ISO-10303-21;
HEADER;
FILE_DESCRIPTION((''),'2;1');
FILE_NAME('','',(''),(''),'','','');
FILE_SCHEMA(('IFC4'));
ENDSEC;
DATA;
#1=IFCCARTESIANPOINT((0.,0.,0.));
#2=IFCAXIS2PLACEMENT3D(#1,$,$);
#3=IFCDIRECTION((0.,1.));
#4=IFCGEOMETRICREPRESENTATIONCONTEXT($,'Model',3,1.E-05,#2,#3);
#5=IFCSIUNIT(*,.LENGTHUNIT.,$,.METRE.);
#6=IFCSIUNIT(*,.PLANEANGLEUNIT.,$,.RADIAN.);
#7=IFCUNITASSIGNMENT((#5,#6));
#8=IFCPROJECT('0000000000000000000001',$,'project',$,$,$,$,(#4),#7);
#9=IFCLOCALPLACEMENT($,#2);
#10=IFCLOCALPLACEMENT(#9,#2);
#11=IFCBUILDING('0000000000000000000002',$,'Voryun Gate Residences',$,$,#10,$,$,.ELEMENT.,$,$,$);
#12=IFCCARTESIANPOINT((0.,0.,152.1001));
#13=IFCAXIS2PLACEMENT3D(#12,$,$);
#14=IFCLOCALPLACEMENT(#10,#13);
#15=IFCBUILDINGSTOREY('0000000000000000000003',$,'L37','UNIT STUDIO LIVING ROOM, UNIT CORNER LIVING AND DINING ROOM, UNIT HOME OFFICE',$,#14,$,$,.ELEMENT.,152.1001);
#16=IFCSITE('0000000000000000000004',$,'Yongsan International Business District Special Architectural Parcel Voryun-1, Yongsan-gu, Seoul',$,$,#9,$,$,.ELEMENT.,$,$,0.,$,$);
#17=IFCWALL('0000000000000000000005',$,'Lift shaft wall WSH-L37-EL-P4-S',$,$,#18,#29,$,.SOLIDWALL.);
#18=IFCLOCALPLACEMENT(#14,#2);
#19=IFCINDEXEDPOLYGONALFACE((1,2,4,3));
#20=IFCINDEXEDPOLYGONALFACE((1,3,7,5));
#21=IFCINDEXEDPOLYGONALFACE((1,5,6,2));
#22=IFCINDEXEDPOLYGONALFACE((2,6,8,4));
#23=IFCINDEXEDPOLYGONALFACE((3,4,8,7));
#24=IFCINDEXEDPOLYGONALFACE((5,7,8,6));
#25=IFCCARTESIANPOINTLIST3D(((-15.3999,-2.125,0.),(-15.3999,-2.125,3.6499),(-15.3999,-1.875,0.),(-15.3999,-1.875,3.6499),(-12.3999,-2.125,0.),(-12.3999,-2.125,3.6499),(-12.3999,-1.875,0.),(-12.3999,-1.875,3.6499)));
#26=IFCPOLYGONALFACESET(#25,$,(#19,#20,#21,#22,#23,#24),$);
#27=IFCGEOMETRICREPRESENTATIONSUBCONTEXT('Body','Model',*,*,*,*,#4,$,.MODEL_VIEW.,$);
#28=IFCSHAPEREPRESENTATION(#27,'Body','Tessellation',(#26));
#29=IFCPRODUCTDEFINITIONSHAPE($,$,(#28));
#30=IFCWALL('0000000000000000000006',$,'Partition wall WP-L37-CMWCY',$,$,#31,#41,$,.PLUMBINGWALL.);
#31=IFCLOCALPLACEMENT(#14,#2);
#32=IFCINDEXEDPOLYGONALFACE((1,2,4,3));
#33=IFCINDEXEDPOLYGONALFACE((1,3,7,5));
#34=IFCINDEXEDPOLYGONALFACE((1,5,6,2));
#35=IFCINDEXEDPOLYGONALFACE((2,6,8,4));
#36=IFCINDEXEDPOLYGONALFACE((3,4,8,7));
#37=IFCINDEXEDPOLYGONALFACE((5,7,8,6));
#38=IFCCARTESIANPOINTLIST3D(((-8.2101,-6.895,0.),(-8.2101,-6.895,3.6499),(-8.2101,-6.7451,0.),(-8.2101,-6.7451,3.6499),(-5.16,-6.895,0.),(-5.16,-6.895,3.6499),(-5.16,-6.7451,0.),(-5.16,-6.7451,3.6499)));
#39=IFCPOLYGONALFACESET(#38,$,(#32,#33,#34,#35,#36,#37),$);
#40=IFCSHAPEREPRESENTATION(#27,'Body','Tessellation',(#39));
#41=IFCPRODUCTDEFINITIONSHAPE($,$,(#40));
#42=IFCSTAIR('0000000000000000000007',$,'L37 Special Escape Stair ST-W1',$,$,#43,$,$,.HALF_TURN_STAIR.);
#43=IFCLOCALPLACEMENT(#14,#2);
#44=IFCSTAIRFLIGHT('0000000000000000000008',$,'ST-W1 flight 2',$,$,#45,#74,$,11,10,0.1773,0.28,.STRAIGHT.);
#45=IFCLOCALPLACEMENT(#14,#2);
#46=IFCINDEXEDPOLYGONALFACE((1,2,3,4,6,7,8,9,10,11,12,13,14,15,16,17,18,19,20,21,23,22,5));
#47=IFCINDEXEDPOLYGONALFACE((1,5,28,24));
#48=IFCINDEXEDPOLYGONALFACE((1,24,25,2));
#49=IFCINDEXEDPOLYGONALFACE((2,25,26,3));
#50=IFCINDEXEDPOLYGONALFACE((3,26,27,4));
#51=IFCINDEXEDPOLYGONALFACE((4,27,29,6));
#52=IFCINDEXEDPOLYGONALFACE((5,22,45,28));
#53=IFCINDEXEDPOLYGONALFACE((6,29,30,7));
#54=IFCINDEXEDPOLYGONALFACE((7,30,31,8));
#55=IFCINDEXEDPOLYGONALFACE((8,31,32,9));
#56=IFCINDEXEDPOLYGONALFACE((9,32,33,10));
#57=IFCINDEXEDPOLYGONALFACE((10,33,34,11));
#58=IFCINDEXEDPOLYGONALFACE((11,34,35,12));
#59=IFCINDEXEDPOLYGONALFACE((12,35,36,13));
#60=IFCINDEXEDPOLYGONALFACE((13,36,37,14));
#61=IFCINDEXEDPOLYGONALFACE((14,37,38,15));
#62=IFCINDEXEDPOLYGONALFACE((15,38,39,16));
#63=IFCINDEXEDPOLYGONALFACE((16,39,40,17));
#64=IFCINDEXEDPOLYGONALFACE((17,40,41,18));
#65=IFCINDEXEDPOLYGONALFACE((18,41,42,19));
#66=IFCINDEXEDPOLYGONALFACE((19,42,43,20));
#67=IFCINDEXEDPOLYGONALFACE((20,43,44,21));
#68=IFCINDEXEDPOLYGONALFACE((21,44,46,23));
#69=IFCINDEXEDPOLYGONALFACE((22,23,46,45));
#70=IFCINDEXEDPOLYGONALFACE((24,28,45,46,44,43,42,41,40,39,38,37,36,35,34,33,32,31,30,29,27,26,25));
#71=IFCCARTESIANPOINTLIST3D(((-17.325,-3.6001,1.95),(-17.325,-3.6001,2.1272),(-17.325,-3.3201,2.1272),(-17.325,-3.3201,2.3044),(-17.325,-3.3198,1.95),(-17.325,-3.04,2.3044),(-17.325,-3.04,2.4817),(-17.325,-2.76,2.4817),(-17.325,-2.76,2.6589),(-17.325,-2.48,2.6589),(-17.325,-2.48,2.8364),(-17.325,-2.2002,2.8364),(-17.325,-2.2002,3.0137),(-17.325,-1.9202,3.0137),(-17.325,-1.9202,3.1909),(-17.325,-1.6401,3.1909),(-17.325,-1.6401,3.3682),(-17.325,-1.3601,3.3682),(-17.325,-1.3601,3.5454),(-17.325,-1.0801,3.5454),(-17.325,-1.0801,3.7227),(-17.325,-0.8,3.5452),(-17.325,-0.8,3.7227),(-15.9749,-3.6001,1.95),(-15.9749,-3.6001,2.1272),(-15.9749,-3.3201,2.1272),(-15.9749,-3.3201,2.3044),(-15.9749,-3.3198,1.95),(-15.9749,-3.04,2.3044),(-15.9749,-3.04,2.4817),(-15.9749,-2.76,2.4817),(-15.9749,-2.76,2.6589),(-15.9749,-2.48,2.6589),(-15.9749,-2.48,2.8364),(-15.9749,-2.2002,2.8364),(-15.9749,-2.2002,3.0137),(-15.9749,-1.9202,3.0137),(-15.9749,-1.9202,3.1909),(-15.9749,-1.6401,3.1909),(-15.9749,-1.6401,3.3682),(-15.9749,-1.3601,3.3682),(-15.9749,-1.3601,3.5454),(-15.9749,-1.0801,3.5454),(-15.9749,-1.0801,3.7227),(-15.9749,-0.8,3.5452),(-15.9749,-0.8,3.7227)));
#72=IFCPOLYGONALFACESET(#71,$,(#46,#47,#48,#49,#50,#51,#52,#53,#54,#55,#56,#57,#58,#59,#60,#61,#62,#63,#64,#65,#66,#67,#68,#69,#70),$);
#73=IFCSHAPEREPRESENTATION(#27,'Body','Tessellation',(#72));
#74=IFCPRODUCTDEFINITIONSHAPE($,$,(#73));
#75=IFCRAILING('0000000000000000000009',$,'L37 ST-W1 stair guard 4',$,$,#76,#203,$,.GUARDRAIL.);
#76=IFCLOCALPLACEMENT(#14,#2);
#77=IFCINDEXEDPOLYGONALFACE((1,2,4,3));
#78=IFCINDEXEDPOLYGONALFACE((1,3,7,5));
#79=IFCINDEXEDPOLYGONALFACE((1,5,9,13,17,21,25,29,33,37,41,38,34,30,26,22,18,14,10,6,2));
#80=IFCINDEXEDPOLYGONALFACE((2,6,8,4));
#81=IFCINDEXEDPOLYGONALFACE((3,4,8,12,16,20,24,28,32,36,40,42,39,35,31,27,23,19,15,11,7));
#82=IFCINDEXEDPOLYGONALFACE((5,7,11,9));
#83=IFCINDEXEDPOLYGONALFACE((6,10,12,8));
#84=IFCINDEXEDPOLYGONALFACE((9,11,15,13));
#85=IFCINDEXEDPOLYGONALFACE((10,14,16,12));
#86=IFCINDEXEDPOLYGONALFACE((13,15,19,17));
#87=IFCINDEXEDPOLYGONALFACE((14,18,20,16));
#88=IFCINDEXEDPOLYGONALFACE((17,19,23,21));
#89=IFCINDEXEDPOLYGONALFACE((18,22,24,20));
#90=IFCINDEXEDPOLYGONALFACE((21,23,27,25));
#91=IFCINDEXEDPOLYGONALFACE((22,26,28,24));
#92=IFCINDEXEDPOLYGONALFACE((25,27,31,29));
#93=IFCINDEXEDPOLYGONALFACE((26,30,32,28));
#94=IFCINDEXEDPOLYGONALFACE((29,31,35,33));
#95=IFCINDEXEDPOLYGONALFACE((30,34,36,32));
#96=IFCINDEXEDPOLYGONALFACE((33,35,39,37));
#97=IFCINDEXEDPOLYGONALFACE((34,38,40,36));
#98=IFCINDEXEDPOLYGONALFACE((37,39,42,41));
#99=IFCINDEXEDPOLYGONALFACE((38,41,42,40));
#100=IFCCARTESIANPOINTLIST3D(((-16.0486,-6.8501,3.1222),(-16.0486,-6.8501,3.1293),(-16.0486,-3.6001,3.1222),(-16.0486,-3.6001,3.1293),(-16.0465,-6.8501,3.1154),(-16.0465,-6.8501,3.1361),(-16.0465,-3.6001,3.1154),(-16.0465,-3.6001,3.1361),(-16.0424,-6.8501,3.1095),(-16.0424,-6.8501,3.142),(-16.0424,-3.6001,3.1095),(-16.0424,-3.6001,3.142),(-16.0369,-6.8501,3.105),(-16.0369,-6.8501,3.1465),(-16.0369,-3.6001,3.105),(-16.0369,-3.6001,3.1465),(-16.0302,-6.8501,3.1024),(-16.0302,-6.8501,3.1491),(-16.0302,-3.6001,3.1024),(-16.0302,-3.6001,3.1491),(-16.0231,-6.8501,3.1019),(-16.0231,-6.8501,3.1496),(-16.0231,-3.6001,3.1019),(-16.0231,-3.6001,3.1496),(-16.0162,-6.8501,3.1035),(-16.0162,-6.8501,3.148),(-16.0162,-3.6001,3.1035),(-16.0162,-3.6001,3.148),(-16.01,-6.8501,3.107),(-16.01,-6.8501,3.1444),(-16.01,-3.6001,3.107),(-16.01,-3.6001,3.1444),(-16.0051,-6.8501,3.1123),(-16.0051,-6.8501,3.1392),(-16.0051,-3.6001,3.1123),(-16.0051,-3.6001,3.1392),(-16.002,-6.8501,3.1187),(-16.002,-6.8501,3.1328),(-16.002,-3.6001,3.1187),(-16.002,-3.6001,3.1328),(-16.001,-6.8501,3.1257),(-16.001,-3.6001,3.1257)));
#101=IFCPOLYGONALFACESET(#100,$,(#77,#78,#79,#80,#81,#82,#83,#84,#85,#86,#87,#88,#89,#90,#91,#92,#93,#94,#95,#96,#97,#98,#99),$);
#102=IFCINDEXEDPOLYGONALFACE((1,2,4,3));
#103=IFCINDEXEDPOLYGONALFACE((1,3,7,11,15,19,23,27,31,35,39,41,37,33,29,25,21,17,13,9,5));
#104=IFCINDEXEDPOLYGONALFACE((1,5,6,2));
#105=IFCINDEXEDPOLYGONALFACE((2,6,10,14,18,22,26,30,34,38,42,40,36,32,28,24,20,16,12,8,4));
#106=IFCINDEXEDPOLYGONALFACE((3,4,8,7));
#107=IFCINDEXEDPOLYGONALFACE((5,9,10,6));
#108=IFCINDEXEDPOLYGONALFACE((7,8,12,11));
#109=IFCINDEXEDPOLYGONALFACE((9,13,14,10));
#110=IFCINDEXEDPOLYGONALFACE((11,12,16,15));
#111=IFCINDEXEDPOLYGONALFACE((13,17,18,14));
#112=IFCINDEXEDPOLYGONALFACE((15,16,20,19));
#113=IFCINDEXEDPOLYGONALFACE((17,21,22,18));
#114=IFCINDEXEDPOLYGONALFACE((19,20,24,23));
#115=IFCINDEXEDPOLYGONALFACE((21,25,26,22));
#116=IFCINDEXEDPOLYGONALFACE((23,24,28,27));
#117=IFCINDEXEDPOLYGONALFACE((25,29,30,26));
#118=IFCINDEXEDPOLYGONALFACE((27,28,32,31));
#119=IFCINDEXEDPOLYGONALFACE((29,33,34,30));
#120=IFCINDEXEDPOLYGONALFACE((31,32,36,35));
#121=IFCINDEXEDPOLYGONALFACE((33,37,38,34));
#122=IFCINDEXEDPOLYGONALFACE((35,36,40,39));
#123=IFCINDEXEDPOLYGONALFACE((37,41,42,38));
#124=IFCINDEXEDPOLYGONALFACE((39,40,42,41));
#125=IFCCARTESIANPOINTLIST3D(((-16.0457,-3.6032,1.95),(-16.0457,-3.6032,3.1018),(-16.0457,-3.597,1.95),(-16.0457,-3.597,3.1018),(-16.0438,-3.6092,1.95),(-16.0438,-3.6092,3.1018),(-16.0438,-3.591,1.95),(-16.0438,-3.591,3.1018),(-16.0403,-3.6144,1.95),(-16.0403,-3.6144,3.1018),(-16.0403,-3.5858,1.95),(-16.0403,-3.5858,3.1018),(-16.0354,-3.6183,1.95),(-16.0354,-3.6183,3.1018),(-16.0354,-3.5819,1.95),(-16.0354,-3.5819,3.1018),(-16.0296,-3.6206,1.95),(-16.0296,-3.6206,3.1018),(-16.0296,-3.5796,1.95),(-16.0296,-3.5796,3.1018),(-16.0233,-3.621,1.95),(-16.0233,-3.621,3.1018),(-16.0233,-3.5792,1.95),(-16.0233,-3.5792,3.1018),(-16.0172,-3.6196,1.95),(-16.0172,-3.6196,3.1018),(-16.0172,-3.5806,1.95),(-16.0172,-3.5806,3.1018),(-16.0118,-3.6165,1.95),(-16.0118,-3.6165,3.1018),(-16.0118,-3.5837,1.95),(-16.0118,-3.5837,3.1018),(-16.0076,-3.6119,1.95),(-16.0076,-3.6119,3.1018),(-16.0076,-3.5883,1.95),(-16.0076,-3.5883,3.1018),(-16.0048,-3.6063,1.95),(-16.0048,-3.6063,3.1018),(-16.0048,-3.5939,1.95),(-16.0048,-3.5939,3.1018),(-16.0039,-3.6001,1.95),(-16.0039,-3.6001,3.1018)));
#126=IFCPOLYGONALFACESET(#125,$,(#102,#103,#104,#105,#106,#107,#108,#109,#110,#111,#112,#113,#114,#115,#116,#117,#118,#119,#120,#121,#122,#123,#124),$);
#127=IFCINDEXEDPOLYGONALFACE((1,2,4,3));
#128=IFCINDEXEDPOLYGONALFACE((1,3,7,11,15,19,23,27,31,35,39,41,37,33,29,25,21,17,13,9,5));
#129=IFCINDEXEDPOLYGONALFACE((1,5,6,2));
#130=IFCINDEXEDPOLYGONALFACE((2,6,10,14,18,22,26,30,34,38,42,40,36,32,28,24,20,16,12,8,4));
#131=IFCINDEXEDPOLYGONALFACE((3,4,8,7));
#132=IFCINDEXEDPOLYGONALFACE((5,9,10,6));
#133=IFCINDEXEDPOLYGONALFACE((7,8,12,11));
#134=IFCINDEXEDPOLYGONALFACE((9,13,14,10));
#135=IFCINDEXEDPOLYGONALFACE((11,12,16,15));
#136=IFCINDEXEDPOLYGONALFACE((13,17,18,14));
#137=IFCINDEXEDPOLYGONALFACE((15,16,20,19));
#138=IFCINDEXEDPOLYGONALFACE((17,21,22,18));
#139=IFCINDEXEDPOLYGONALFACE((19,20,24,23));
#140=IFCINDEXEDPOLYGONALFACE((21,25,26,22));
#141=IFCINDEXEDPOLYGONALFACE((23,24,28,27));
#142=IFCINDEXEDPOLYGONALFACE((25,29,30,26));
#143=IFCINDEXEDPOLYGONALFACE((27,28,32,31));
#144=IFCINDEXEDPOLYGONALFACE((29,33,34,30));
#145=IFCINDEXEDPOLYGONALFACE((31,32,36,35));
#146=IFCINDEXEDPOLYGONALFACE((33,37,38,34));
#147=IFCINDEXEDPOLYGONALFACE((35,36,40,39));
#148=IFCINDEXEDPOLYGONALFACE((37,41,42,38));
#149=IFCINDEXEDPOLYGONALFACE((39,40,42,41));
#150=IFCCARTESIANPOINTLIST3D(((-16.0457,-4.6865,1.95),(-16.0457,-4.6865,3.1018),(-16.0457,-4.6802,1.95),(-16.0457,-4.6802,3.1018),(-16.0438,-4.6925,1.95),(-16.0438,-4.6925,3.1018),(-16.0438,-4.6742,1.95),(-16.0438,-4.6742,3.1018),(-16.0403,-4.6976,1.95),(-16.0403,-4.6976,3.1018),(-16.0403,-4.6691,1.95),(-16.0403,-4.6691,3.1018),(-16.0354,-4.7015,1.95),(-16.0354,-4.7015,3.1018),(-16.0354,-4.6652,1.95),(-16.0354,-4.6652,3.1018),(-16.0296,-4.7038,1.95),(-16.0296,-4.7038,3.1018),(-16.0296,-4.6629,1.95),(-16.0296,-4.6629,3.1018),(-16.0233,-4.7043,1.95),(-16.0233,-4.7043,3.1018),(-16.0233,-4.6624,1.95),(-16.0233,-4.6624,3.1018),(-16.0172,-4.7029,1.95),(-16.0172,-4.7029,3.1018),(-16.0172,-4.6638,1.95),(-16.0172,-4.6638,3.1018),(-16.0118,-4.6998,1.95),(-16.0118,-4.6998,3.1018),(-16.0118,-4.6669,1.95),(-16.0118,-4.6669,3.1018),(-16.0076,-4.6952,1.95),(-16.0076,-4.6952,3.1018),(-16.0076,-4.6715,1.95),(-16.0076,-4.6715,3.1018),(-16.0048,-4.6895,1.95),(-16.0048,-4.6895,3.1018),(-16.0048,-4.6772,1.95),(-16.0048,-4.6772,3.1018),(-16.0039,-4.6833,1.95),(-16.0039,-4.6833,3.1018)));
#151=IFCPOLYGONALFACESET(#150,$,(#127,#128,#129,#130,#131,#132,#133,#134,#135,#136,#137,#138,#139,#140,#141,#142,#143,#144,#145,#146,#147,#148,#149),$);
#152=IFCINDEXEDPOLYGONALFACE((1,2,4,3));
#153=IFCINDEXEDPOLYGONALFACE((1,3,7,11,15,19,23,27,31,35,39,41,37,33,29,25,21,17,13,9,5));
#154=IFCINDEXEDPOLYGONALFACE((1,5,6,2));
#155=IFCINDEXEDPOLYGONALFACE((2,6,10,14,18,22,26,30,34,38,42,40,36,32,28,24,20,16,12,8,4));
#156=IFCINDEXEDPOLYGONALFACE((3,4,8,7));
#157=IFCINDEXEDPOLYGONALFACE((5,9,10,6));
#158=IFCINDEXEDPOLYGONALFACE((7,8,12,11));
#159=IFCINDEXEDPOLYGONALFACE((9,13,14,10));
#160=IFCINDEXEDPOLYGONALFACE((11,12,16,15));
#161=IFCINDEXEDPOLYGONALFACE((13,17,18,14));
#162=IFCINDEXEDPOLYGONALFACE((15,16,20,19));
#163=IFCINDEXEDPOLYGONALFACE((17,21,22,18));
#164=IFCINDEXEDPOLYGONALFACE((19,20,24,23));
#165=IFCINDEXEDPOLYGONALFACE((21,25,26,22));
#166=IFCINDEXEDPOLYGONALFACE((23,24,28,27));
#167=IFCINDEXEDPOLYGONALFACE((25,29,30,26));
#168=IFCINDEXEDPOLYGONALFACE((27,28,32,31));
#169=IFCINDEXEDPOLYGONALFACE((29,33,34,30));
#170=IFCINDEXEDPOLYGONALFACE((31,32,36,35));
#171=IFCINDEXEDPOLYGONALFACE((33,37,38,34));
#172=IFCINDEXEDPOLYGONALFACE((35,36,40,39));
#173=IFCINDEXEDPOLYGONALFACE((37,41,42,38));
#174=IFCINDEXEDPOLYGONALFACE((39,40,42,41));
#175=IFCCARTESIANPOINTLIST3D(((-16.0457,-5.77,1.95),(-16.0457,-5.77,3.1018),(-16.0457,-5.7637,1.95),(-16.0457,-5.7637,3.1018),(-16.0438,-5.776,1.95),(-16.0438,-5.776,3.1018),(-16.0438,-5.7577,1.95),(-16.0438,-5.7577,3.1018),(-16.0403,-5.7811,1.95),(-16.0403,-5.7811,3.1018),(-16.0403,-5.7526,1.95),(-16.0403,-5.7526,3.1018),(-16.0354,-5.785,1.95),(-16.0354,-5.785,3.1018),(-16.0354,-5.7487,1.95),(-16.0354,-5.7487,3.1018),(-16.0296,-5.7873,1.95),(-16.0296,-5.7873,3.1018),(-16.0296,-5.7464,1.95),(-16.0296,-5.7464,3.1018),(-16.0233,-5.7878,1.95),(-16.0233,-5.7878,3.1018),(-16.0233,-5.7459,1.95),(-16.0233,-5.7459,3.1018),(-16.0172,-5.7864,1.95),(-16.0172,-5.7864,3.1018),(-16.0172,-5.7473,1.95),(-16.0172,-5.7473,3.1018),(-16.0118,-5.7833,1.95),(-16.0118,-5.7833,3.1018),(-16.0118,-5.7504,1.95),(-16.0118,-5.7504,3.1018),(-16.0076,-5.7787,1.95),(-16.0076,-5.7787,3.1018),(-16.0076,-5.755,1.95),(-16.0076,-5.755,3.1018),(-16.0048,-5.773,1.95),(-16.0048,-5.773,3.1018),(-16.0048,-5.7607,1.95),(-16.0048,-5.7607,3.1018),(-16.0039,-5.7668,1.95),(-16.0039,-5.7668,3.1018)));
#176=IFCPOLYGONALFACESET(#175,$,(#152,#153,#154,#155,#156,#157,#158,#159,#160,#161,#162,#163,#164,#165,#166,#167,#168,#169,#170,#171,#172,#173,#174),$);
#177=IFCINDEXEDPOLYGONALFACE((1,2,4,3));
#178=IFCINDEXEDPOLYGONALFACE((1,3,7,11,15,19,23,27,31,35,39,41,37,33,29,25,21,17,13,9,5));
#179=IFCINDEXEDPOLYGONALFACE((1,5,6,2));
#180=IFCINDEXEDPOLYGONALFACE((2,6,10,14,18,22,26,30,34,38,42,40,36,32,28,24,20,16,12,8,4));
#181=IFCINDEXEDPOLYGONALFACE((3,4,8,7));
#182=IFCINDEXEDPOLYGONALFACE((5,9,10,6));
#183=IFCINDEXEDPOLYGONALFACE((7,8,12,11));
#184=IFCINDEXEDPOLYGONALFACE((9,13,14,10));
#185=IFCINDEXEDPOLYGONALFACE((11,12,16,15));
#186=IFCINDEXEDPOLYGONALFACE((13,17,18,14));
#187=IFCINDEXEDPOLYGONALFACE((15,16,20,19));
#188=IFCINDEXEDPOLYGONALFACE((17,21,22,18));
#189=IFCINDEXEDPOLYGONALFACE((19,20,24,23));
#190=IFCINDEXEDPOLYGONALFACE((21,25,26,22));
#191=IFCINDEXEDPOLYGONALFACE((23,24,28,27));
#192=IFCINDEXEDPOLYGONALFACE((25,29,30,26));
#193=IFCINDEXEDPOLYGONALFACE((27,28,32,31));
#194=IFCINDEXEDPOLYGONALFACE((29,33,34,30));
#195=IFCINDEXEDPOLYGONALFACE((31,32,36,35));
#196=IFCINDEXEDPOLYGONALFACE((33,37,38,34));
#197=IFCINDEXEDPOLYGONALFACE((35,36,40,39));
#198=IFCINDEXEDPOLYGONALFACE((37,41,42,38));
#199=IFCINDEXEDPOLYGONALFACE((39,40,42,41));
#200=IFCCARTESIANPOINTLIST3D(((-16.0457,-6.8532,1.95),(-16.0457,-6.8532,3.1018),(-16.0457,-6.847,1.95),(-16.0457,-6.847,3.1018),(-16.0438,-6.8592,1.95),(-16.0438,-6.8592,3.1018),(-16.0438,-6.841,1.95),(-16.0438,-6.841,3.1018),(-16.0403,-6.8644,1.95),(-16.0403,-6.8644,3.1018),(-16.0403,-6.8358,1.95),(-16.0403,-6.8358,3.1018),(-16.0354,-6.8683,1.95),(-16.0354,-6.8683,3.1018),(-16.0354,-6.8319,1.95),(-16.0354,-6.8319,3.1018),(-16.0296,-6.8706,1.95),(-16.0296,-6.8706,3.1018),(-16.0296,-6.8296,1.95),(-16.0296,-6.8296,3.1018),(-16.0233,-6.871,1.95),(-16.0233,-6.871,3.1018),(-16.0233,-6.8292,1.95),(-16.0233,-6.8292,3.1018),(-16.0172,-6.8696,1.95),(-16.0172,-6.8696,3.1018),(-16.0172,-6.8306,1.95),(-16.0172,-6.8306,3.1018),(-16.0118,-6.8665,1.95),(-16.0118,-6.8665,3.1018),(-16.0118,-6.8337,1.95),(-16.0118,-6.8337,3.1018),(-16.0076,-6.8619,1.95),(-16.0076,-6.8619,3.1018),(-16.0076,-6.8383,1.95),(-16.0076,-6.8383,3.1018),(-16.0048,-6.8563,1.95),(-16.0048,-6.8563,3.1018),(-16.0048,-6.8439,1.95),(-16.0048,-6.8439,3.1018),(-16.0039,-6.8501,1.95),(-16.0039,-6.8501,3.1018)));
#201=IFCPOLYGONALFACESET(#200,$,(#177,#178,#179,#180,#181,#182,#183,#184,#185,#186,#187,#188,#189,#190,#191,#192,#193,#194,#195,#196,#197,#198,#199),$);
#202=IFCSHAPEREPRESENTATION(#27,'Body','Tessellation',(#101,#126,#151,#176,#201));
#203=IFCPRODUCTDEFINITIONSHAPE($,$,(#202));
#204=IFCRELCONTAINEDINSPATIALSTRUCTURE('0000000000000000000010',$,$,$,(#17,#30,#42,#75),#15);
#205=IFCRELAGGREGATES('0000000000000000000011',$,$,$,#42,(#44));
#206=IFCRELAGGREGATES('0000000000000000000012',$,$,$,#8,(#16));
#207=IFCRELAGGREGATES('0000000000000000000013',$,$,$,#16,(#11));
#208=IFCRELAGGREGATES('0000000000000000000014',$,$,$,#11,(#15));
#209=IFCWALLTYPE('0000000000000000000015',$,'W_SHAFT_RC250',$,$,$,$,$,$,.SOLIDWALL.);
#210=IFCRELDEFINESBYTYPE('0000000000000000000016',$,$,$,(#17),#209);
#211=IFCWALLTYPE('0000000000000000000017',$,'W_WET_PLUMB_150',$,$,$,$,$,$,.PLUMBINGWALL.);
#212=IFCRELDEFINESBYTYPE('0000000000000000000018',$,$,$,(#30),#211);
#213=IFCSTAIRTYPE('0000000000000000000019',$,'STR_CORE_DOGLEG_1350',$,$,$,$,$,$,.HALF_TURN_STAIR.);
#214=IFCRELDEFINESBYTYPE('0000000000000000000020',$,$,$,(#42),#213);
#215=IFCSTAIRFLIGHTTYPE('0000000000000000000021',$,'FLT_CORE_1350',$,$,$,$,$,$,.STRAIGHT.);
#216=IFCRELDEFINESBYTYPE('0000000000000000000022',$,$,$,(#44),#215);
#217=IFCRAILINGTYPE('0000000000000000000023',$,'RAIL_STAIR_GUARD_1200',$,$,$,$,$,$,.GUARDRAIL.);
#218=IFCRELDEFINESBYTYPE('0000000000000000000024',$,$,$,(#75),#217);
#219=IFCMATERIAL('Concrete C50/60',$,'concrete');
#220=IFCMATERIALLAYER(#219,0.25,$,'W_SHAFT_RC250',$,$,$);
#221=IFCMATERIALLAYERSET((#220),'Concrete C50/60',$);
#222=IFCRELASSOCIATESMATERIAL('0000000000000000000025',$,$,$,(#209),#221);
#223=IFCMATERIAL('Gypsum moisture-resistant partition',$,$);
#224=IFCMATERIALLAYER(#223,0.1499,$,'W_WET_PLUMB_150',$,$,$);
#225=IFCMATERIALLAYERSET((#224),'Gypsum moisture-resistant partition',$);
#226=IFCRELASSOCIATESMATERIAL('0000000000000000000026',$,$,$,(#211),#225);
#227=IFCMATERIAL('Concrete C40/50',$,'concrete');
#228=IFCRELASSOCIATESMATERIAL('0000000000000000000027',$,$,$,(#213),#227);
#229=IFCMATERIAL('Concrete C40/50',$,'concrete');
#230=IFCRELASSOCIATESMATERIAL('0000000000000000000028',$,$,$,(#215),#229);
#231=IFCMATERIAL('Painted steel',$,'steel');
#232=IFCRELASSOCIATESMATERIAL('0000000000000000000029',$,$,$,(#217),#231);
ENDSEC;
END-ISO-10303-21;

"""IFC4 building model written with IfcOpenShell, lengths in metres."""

from ifc_helpers import new_model, si_unit, direction, frame, frame_2d, origin, origin_2d, place, context, subcontext, project, spatial, polyline, rectangle, circle, outline, extrude, material, layer, layer_set, type_object, element, aggregate, save


model = new_model("IFC4")

# Units and contexts
model_context = context("Model", 3, precision=1e-05, world=origin(), true_north=direction((0.0, 1.0)))
body_context = subcontext(model_context, "Body", "Model", "MODEL_VIEW")
ifc_project = project(units=[si_unit("LENGTHUNIT", "METRE"), si_unit("PLANEANGLEUNIT", "RADIAN")], contexts=[model_context])

# Site, building, storey
site_placement = place(None, origin())
site = spatial("IfcSite", under=ifc_project, at=site_placement, Name="Yongsan International Business District Special Architectural Parcel Voryun-1, Yongsan-gu, Seoul", CompositionType="ELEMENT", RefElevation=0.0)
building_placement = place(site_placement, origin())
building = spatial("IfcBuilding", under=site, at=building_placement, Name="Voryun Gate Residences", CompositionType="ELEMENT")
storey_placement = place(building_placement, frame((0.0, 0.0, 152.1001)))
storey = spatial("IfcBuildingStorey", under=building, at=storey_placement, Name="L37", Description="UNIT STUDIO LIVING ROOM, UNIT CORNER LIVING AND DINING ROOM, UNIT HOME OFFICE", CompositionType="ELEMENT", Elevation=152.1001)

# Walls
ifc_material_1 = material(Name="Concrete C50/60", Category="concrete")
ifc_layer_1 = layer(ifc_material_1, 0.25, Name="W_SHAFT_RC250")
ifc_layer_set_1 = layer_set([ifc_layer_1], Name="Concrete C50/60")
wall_type_1 = type_object("IfcWallType", Name="W_SHAFT_RC250", PredefinedType="SOLIDWALL", material=ifc_layer_set_1)
wall_1_placement = place(storey_placement, frame((-15.3999, -2.0, 0.0), z_axis=(0.0, 0.0, 1.0), x_axis=(1.0, 0.0, 0.0)))
element("IfcWall", 1, at=wall_1_placement, inside=storey, type_object=wall_type_1, Name="Lift shaft wall WSH-L37-EL-P4-S", PredefinedType="SOLIDWALL", context=body_context, shape_type="SweptSolid", body=[
    extrude(rectangle(XDim=3.0, YDim=0.25, at=frame_2d((1.5, 0.0))), origin(), (0.0, 0.0, 1.0), 3.6499),
])
ifc_material_2 = material(Name="Gypsum moisture-resistant partition")
ifc_layer_2 = layer(ifc_material_2, 0.1499, Name="W_WET_PLUMB_150")
ifc_layer_set_2 = layer_set([ifc_layer_2], Name="Gypsum moisture-resistant partition")
wall_type_2 = type_object("IfcWallType", Name="W_WET_PLUMB_150", PredefinedType="PLUMBINGWALL", material=ifc_layer_set_2)
wall_2_placement = place(storey_placement, frame((-8.21, -6.8201, 0.0), z_axis=(0.0, 0.0, 1.0), x_axis=(1.0, 0.0, 0.0)))
element("IfcWall", 2, at=wall_2_placement, inside=storey, type_object=wall_type_2, Name="Partition wall WP-L37-CMWCY", PredefinedType="PLUMBINGWALL", context=body_context, shape_type="SweptSolid", body=[
    extrude(rectangle(XDim=3.05, YDim=0.1499, at=frame_2d((1.5249, 0.0))), origin(), (0.0, 0.0, 1.0), 3.6499),
])

# Stair, stair flight
ifc_material_3 = material(Name="Concrete C40/50", Category="concrete")
stair_type = type_object("IfcStairType", Name="STR_CORE_DOGLEG_1350", PredefinedType="HALF_TURN_STAIR", material=ifc_material_3)
stair_placement = place(storey_placement, origin())
stair = element("IfcStair", 3, at=stair_placement, inside=storey, type_object=stair_type, Name="L37 Special Escape Stair ST-W1", PredefinedType="HALF_TURN_STAIR")
ifc_material_4 = material(Name="Concrete C40/50", Category="concrete")
stair_flight_type = type_object("IfcStairFlightType", Name="FLT_CORE_1350", PredefinedType="STRAIGHT", material=ifc_material_4)
stair_flight_placement = place(storey_placement, frame((-16.6499, -3.6001, 1.95), z_axis=(0.0, 0.0, 1.0), x_axis=(0.0, 1.0, 0.0)))
stair_flight = element("IfcStairFlight", 4, at=stair_flight_placement, type_object=stair_flight_type, Name="ST-W1 flight 2", NumberOfRisers=11, NumberOfTreads=10, PredefinedType="STRAIGHT", RiserHeight=0.1773, TreadLength=0.28, context=body_context, shape_type="SweptSolid", body=[
    extrude(outline(polyline([(0.0, 0.0), (0.0, 0.1772), (0.28, 0.1772), (0.28, 0.3545), (0.5601, 0.3545), (0.5601, 0.5317), (0.8401, 0.5317), (0.8401, 0.709), (1.1201, 0.709), (1.1201, 0.8865), (1.3999, 0.8865), (1.3999, 1.0637), (1.6799, 1.0637), (1.6799, 1.241), (1.96, 1.241), (1.96, 1.4182), (2.24, 1.4182), (2.24, 1.5955), (2.52, 1.5955), (2.52, 1.7727), (2.8, 1.7727), (2.8, 1.95), (2.8, 1.5952), (0.2803, 0.0), (0.0, 0.0)])), frame((0.0, 0.675, 0.0), z_axis=(0.0, -1.0, 0.0), x_axis=(1.0, 0.0, 0.0)), (0.0, 0.0, 1.0), 1.3501),
])
aggregate(stair, [stair_flight])

# Railing
ifc_material_5 = material(Name="Painted steel", Category="steel")
railing_type_1 = type_object("IfcRailingType", Name="RAIL_STAIR_GUARD_1200", PredefinedType="GUARDRAIL", material=ifc_material_5)
railing_1_placement = place(storey_placement, frame((-16.0249, -3.6001, 1.95)))
element("IfcRailing", 5, at=railing_1_placement, inside=storey, type_object=railing_type_1, Name="L37 ST-W1 stair guard 4", PredefinedType="GUARDRAIL", context=body_context, shape_type="SweptSolid", body=[
    extrude(circle(Radius=0.0239, at=origin_2d()), frame((0.0, 0.0, 1.1758), z_axis=(0.0, -1.0, 0.0), x_axis=(1.0, 0.0, 0.0)), (0.0, 0.0, 1.0), 3.25),
    extrude(circle(Radius=0.021, at=origin_2d()), origin(), (0.0, 0.0, 1.0), 1.1519),
    extrude(circle(Radius=0.021, at=origin_2d()), frame((0.0, -1.0833, 0.0)), (0.0, 0.0, 1.0), 1.1519),
    extrude(circle(Radius=0.021, at=origin_2d()), frame((0.0, -2.1667, 0.0)), (0.0, 0.0, 1.0), 1.1519),
    extrude(circle(Radius=0.021, at=origin_2d()), frame((0.0, -3.25, 0.0)), (0.0, 0.0, 1.0), 1.1519),
])

save(model, "model.ifc")
